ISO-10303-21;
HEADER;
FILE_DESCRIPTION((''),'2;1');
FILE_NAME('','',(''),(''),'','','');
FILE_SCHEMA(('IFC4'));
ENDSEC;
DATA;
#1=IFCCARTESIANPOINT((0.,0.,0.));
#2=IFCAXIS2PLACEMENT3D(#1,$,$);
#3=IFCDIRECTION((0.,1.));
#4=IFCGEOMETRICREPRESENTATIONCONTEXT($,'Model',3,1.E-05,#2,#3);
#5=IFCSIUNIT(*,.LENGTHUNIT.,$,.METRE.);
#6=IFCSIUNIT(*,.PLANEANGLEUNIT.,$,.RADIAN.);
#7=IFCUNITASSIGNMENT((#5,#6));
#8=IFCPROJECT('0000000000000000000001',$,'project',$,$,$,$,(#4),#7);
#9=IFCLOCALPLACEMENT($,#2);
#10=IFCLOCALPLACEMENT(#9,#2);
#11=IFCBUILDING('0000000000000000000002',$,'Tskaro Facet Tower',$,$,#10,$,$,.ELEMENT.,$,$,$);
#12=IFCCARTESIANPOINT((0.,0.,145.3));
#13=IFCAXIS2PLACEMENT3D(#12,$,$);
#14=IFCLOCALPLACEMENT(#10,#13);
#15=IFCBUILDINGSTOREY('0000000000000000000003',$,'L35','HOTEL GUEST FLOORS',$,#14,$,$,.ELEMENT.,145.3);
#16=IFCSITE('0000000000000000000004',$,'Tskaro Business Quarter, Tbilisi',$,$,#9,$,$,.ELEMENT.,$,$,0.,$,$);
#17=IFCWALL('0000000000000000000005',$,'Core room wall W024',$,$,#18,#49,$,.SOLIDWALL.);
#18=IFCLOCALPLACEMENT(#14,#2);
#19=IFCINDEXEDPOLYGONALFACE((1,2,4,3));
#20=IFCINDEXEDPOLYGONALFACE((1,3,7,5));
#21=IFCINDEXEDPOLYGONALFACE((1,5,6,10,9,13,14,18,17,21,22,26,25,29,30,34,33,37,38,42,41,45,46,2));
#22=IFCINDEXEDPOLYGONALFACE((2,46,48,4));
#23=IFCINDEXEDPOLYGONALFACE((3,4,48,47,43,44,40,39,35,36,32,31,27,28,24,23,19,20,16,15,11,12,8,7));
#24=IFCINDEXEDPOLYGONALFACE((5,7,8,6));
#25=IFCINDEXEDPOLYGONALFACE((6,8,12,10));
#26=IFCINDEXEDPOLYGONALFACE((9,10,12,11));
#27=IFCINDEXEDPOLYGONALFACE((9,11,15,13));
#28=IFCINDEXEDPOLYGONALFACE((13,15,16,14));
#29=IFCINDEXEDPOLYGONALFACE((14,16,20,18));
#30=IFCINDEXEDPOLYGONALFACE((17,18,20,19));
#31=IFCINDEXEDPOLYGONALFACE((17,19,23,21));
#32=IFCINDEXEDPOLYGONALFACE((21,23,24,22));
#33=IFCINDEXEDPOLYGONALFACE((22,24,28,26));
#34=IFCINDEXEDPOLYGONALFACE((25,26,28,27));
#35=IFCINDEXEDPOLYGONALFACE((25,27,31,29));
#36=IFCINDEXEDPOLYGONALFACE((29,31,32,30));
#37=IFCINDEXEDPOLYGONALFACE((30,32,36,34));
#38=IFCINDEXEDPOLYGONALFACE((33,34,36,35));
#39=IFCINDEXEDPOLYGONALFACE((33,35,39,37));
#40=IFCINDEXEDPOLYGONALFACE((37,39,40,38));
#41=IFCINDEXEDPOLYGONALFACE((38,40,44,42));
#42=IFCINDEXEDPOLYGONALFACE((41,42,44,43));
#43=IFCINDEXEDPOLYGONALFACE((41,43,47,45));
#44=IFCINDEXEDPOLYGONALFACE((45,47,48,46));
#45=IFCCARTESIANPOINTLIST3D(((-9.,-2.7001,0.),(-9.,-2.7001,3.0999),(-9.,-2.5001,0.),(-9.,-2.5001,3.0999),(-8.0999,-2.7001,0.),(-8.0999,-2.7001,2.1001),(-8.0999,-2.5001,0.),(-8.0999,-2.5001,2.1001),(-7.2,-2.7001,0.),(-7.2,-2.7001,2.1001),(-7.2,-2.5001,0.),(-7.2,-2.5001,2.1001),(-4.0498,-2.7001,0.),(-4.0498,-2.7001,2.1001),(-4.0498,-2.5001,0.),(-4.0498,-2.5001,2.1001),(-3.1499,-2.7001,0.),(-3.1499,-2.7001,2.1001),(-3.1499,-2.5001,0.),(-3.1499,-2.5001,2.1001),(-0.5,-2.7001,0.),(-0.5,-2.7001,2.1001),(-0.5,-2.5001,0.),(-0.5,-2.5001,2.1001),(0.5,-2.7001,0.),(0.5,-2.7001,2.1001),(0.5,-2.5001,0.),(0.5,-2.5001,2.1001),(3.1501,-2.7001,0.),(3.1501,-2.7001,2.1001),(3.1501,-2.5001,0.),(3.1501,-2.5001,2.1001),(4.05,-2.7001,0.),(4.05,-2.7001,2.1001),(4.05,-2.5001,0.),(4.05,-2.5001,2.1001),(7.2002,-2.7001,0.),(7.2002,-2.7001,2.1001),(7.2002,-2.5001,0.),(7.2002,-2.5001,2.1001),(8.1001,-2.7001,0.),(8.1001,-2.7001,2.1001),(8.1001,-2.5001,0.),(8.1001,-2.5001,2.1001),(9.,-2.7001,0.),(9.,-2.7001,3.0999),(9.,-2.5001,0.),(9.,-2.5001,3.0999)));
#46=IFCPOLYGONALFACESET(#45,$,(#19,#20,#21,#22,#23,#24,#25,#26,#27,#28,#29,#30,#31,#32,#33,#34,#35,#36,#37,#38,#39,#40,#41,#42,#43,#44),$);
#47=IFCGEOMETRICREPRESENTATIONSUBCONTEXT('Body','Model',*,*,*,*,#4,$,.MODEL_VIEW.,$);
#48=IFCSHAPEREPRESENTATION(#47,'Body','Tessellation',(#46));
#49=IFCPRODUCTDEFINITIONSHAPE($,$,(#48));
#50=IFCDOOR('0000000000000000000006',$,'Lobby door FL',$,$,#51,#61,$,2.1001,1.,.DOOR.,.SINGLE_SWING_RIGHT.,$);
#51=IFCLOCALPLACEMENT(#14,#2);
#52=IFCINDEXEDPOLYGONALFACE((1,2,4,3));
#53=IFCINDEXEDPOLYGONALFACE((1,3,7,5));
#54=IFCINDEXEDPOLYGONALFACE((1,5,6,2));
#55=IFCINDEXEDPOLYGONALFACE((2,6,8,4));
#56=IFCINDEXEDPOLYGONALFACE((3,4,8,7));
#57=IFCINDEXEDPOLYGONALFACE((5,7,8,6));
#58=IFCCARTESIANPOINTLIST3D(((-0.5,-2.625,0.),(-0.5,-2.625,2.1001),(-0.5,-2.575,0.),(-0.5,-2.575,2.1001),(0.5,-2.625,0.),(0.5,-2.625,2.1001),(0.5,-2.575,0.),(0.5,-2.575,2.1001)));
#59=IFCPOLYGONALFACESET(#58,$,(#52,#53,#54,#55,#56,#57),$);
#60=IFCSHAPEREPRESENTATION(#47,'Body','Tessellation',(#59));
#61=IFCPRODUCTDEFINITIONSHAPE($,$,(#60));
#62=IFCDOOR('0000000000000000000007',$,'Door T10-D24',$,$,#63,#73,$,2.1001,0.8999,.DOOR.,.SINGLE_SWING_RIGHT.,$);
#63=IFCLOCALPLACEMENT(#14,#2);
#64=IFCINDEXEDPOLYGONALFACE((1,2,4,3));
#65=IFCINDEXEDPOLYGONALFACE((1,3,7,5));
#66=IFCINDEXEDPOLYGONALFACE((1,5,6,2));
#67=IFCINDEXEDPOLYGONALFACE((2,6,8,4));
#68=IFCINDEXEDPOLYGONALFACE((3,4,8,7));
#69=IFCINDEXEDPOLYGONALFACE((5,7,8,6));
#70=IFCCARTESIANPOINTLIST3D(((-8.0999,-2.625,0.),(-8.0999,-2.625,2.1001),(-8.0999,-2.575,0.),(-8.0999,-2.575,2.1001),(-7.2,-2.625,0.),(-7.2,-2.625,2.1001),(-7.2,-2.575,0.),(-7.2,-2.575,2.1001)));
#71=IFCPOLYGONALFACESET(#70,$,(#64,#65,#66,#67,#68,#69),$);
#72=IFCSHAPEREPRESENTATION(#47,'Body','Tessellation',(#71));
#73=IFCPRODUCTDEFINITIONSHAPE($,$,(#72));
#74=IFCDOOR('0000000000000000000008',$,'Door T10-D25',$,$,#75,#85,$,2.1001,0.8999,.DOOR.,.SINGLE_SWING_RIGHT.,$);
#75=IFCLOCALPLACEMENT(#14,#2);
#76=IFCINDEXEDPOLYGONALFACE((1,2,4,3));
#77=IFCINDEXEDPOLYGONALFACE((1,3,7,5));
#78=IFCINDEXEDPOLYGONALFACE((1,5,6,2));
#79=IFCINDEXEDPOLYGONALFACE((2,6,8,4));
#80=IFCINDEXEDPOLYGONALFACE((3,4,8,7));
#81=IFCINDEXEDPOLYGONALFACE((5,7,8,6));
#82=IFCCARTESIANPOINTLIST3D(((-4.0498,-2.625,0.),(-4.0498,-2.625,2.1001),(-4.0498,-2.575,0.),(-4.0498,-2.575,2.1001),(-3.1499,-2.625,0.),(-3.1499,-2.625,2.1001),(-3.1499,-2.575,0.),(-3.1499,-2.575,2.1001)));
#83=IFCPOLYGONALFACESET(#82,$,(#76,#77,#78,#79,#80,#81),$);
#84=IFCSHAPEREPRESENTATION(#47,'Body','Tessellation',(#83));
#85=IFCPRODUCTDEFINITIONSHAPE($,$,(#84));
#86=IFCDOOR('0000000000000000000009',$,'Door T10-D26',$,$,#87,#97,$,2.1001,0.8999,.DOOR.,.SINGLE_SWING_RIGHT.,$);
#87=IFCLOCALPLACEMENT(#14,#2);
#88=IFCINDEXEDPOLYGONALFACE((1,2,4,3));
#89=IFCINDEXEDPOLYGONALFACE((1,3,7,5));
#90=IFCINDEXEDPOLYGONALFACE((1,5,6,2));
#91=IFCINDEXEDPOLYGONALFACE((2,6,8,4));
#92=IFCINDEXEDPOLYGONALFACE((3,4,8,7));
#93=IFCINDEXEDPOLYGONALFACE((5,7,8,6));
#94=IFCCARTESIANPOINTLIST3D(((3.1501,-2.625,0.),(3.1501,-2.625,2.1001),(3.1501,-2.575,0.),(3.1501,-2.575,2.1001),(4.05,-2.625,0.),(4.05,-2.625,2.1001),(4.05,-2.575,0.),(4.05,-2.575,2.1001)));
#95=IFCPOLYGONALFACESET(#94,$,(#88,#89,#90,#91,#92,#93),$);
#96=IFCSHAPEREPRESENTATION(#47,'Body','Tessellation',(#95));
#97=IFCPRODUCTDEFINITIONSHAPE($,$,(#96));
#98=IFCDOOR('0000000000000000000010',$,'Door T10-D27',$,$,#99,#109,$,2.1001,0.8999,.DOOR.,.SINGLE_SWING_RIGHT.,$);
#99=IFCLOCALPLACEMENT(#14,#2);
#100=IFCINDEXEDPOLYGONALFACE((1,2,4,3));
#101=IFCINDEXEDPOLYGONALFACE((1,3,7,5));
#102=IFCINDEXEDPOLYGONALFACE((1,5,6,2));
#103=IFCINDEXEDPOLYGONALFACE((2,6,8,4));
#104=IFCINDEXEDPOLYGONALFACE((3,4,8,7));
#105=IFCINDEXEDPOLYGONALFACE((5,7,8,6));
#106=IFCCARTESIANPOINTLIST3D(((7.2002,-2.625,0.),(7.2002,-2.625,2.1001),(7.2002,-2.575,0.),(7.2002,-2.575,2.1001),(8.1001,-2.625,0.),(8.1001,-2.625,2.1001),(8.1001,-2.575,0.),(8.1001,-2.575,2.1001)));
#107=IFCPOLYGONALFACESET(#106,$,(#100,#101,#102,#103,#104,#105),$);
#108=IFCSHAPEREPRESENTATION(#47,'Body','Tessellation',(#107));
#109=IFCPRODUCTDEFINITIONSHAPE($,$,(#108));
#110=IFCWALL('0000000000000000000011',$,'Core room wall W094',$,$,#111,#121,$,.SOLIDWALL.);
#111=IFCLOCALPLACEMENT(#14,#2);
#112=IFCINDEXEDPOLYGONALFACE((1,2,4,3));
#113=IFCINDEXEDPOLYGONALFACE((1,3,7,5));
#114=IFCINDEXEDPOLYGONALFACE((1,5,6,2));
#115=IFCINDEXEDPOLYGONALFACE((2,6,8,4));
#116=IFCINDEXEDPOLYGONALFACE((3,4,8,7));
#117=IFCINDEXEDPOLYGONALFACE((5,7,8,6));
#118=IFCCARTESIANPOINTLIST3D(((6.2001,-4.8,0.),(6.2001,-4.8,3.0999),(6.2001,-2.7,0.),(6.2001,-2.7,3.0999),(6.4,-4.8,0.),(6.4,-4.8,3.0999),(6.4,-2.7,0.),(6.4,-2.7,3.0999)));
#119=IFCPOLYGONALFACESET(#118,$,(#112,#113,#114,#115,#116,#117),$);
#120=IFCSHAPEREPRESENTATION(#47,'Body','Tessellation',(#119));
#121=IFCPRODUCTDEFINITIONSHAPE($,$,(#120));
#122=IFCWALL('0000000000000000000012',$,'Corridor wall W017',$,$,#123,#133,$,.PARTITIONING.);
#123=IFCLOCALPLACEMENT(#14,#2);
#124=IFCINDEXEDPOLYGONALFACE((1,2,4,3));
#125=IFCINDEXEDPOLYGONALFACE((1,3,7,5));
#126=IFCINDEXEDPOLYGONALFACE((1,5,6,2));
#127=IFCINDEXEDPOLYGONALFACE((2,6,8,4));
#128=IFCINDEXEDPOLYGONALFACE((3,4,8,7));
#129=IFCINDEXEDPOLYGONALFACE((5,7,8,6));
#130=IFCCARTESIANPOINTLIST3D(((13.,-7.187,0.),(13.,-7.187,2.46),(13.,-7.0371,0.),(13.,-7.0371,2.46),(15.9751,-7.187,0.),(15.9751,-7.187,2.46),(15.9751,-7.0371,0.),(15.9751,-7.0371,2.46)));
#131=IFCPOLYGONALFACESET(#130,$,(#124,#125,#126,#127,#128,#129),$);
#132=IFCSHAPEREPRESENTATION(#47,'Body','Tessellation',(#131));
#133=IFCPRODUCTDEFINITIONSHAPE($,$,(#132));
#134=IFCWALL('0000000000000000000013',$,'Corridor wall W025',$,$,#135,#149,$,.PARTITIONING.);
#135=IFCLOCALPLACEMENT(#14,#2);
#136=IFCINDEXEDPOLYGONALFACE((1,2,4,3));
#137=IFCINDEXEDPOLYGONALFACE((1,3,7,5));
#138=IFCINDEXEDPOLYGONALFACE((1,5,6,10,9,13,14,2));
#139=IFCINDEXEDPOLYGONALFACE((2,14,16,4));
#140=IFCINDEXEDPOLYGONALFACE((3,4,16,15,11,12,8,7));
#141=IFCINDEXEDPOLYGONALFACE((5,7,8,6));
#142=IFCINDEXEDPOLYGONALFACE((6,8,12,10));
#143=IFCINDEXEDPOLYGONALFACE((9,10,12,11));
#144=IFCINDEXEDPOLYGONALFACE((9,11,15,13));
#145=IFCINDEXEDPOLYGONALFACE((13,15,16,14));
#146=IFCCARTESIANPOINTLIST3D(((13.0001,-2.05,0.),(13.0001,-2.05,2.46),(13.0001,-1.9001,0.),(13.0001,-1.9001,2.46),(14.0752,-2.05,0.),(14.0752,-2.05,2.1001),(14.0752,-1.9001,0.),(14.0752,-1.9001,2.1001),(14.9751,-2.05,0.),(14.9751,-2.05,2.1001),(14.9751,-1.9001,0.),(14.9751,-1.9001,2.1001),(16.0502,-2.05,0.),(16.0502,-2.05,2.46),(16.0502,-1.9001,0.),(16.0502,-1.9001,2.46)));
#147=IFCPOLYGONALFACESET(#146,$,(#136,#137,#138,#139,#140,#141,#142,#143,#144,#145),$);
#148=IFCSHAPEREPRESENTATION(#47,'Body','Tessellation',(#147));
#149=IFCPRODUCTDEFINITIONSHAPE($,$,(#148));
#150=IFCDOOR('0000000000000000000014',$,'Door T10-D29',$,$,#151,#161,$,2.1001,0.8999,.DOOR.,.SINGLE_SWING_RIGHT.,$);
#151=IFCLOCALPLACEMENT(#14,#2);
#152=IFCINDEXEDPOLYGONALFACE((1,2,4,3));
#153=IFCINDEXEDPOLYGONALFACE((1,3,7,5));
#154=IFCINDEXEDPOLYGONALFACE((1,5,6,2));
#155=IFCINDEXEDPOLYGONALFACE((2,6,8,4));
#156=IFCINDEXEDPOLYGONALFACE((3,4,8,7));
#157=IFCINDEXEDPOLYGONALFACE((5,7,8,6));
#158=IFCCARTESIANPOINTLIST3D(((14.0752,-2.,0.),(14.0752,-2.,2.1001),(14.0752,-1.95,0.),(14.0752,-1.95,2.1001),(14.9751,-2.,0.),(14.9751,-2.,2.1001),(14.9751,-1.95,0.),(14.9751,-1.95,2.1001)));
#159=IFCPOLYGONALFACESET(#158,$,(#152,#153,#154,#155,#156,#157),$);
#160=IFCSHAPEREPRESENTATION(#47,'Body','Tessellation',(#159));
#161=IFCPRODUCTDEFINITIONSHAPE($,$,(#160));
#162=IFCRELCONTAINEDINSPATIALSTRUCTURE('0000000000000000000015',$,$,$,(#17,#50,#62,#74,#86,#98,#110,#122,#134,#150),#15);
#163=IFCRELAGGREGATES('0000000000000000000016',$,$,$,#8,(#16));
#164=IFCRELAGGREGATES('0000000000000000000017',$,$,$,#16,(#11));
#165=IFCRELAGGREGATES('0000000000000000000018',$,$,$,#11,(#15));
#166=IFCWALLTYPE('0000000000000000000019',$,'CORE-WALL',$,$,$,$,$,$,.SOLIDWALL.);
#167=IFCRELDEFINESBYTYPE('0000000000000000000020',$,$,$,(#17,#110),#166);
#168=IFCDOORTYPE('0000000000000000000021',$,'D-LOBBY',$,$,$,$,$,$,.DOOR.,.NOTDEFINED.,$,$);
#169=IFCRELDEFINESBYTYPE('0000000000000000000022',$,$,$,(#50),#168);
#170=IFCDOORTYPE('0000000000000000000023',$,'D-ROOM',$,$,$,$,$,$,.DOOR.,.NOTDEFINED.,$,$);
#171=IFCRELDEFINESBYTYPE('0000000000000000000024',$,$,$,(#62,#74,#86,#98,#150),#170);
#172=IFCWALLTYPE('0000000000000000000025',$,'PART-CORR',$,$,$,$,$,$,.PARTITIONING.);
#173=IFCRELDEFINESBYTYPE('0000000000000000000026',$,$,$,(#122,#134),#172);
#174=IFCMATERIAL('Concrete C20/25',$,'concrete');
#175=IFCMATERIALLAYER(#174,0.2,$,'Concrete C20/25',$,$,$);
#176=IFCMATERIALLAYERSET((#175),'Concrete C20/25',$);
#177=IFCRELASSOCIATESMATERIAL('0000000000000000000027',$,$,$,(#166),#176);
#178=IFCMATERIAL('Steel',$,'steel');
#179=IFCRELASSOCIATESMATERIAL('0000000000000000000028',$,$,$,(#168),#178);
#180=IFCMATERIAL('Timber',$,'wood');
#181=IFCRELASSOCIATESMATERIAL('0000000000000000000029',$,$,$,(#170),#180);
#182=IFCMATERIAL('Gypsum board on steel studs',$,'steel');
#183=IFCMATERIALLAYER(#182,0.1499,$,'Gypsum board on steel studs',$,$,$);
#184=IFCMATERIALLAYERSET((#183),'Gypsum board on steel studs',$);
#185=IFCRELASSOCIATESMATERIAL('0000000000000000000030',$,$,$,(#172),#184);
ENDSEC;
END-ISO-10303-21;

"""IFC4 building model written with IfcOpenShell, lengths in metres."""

from ifc_helpers import new_model, si_unit, direction, frame, frame_2d, origin, place, context, subcontext, project, spatial, rectangle, extrude, material, layer, layer_set, type_object, element, fill, save


model = new_model("IFC4")

# Units and contexts
model_context = context("Model", 3, precision=1e-05, world=origin(), true_north=direction((0.0, 1.0)))
body_context = subcontext(model_context, "Body", "Model", "MODEL_VIEW")
ifc_project = project(units=[si_unit("LENGTHUNIT", "METRE"), si_unit("PLANEANGLEUNIT", "RADIAN")], contexts=[model_context])

# Site, building, storey
site_placement = place(None, origin())
site = spatial("IfcSite", under=ifc_project, at=site_placement, Name="Tskaro Business Quarter, Tbilisi", CompositionType="ELEMENT", RefElevation=0.0)
building_placement = place(site_placement, origin())
building = spatial("IfcBuilding", under=site, at=building_placement, Name="Tskaro Facet Tower", CompositionType="ELEMENT")
storey_placement = place(building_placement, frame((0.0, 0.0, 145.3)))
storey = spatial("IfcBuildingStorey", under=building, at=storey_placement, Name="L35", Description="HOTEL GUEST FLOORS", CompositionType="ELEMENT", Elevation=145.3)

# Shared definitions
ifc_material_1 = material(Name="Steel", Category="steel")

# Wall, openings, doors
ifc_material_2 = material(Name="Concrete C20/25", Category="concrete")
ifc_layer_1 = layer(ifc_material_2, 0.2, Name="Concrete C20/25")
ifc_layer_set_1 = layer_set([ifc_layer_1], Name="Concrete C20/25")
wall_type_1 = type_object("IfcWallType", Name="CORE-WALL", PredefinedType="SOLIDWALL", material=ifc_layer_set_1)
wall_1_placement = place(storey_placement, frame((9.0, -2.6001, 0.0), z_axis=(0.0, 0.0, 1.0), x_axis=(-1.0, 0.0, 0.0)))
wall_1 = element("IfcWall", 1, at=wall_1_placement, inside=storey, type_object=wall_type_1, Name="Core room wall W024", PredefinedType="SOLIDWALL", context=body_context, shape_type="SweptSolid", body=[
    extrude(rectangle(XDim=18.0, YDim=0.2, at=frame_2d((9.0, 0.0))), origin(), (0.0, 0.0, 1.0), 3.0999),
])
opening_1_placement = place(wall_1_placement, frame((8.5, 0.0, 0.0)))
opening_1 = element("IfcOpeningElement", 2, at=opening_1_placement, cuts=wall_1, PredefinedType="OPENING", context=body_context, shape_type="SweptSolid", body=[
    extrude(rectangle(XDim=1.0, YDim=2.1001, at=frame_2d((0.5, 1.05))), frame((0.0, 0.1099, 0.0), z_axis=(0.0, -1.0, 0.0), x_axis=(1.0, 0.0, 0.0)), (0.0, 0.0, 1.0), 0.22),
])
opening_2_placement = place(wall_1_placement, frame((16.2, 0.0, 0.0)))
opening_2 = element("IfcOpeningElement", 3, at=opening_2_placement, cuts=wall_1, PredefinedType="OPENING", context=body_context, shape_type="SweptSolid", body=[
    extrude(rectangle(XDim=0.8999, YDim=2.1001, at=frame_2d((0.45, 1.05))), frame((0.0, 0.1099, 0.0), z_axis=(0.0, -1.0, 0.0), x_axis=(1.0, 0.0, 0.0)), (0.0, 0.0, 1.0), 0.22),
])
opening_3_placement = place(wall_1_placement, frame((12.1499, 0.0, 0.0)))
opening_3 = element("IfcOpeningElement", 4, at=opening_3_placement, cuts=wall_1, PredefinedType="OPENING", context=body_context, shape_type="SweptSolid", body=[
    extrude(rectangle(XDim=0.8999, YDim=2.1001, at=frame_2d((0.45, 1.05))), frame((0.0, 0.1099, 0.0), z_axis=(0.0, -1.0, 0.0), x_axis=(1.0, 0.0, 0.0)), (0.0, 0.0, 1.0), 0.22),
])
opening_4_placement = place(wall_1_placement, frame((4.95, 0.0, 0.0)))
opening_4 = element("IfcOpeningElement", 5, at=opening_4_placement, cuts=wall_1, PredefinedType="OPENING", context=body_context, shape_type="SweptSolid", body=[
    extrude(rectangle(XDim=0.8999, YDim=2.1001, at=frame_2d((0.45, 1.05))), frame((0.0, 0.1099, 0.0), z_axis=(0.0, -1.0, 0.0), x_axis=(1.0, 0.0, 0.0)), (0.0, 0.0, 1.0), 0.22),
])
opening_5_placement = place(wall_1_placement, frame((0.8999, 0.0, 0.0)))
opening_5 = element("IfcOpeningElement", 6, at=opening_5_placement, cuts=wall_1, PredefinedType="OPENING", context=body_context, shape_type="SweptSolid", body=[
    extrude(rectangle(XDim=0.8999, YDim=2.1001, at=frame_2d((0.45, 1.05))), frame((0.0, 0.1099, 0.0), z_axis=(0.0, -1.0, 0.0), x_axis=(1.0, 0.0, 0.0)), (0.0, 0.0, 1.0), 0.22),
])
door_type_1 = type_object("IfcDoorType", Name="D-LOBBY", OperationType="NOTDEFINED", PredefinedType="DOOR", material=ifc_material_1)
door_1_placement = place(opening_1_placement, origin())
door_1 = element("IfcDoor", 7, at=door_1_placement, inside=storey, type_object=door_type_1, Name="Lobby door FL", OperationType="SINGLE_SWING_RIGHT", OverallHeight=2.1001, OverallWidth=1.0, PredefinedType="DOOR", context=body_context, shape_type="SweptSolid", body=[
    extrude(rectangle(XDim=1.0, YDim=2.1001, at=frame_2d((0.5, 1.05))), frame((0.0, 0.0249, 0.0), z_axis=(0.0, -1.0, 0.0), x_axis=(1.0, 0.0, 0.0)), (0.0, 0.0, 1.0), 0.05),
])
fill(opening_1, door_1)
ifc_material_3 = material(Name="Timber", Category="wood")
door_type_2 = type_object("IfcDoorType", Name="D-ROOM", OperationType="NOTDEFINED", PredefinedType="DOOR", material=ifc_material_3)
door_2_placement = place(opening_2_placement, origin())
door_2 = element("IfcDoor", 8, at=door_2_placement, inside=storey, type_object=door_type_2, Name="Door T10-D24", OperationType="SINGLE_SWING_RIGHT", OverallHeight=2.1001, OverallWidth=0.8999, PredefinedType="DOOR", context=body_context, shape_type="SweptSolid", body=[
    extrude(rectangle(XDim=0.8999, YDim=2.1001, at=frame_2d((0.45, 1.05))), frame((0.0, 0.0249, 0.0), z_axis=(0.0, -1.0, 0.0), x_axis=(1.0, 0.0, 0.0)), (0.0, 0.0, 1.0), 0.05),
])
fill(opening_2, door_2)
door_3_placement = place(opening_3_placement, origin())
door_3 = element("IfcDoor", 9, at=door_3_placement, inside=storey, type_object=door_type_2, Name="Door T10-D25", OperationType="SINGLE_SWING_RIGHT", OverallHeight=2.1001, OverallWidth=0.8999, PredefinedType="DOOR", context=body_context, shape_type="SweptSolid", body=[
    extrude(rectangle(XDim=0.8999, YDim=2.1001, at=frame_2d((0.45, 1.05))), frame((0.0, 0.0249, 0.0), z_axis=(0.0, -1.0, 0.0), x_axis=(1.0, 0.0, 0.0)), (0.0, 0.0, 1.0), 0.05),
])
fill(opening_3, door_3)
door_4_placement = place(opening_4_placement, origin())
door_4 = element("IfcDoor", 10, at=door_4_placement, inside=storey, type_object=door_type_2, Name="Door T10-D26", OperationType="SINGLE_SWING_RIGHT", OverallHeight=2.1001, OverallWidth=0.8999, PredefinedType="DOOR", context=body_context, shape_type="SweptSolid", body=[
    extrude(rectangle(XDim=0.8999, YDim=2.1001, at=frame_2d((0.45, 1.05))), frame((0.0, 0.0249, 0.0), z_axis=(0.0, -1.0, 0.0), x_axis=(1.0, 0.0, 0.0)), (0.0, 0.0, 1.0), 0.05),
])
fill(opening_4, door_4)
door_5_placement = place(opening_5_placement, origin())
door_5 = element("IfcDoor", 11, at=door_5_placement, inside=storey, type_object=door_type_2, Name="Door T10-D27", OperationType="SINGLE_SWING_RIGHT", OverallHeight=2.1001, OverallWidth=0.8999, PredefinedType="DOOR", context=body_context, shape_type="SweptSolid", body=[
    extrude(rectangle(XDim=0.8999, YDim=2.1001, at=frame_2d((0.45, 1.05))), frame((0.0, 0.0249, 0.0), z_axis=(0.0, -1.0, 0.0), x_axis=(1.0, 0.0, 0.0)), (0.0, 0.0, 1.0), 0.05),
])
fill(opening_5, door_5)

# Walls
wall_2_placement = place(storey_placement, frame((6.3, -4.8, 0.0), z_axis=(0.0, 0.0, 1.0), x_axis=(0.0, 1.0, 0.0)))
element("IfcWall", 12, at=wall_2_placement, inside=storey, type_object=wall_type_1, Name="Core room wall W094", PredefinedType="SOLIDWALL", context=body_context, shape_type="SweptSolid", body=[
    extrude(rectangle(XDim=2.1001, YDim=0.2, at=frame_2d((1.05, 0.0))), origin(), (0.0, 0.0, 1.0), 3.0999),
])
ifc_material_4 = material(Name="Gypsum board on steel studs", Category="steel")
ifc_layer_2 = layer(ifc_material_4, 0.1499, Name="Gypsum board on steel studs")
ifc_layer_set_2 = layer_set([ifc_layer_2], Name="Gypsum board on steel studs")
wall_type_2 = type_object("IfcWallType", Name="PART-CORR", PredefinedType="PARTITIONING", material=ifc_layer_set_2)
wall_3_placement = place(storey_placement, frame((13.0, -7.1121, 0.0), z_axis=(0.0, 0.0, 1.0), x_axis=(1.0, 0.0, 0.0)))
element("IfcWall", 13, at=wall_3_placement, inside=storey, type_object=wall_type_2, Name="Corridor wall W017", PredefinedType="PARTITIONING", context=body_context, shape_type="SweptSolid", body=[
    extrude(rectangle(XDim=2.9751, YDim=0.1499, at=frame_2d((1.4875, 0.0))), origin(), (0.0, 0.0, 1.0), 2.46),
])

# Wall, opening, door
wall_4_placement = place(storey_placement, frame((16.05, -1.9751, 0.0), z_axis=(0.0, 0.0, 1.0), x_axis=(-1.0, 0.0, 0.0)))
wall_4 = element("IfcWall", 14, at=wall_4_placement, inside=storey, type_object=wall_type_2, Name="Corridor wall W025", PredefinedType="PARTITIONING", context=body_context, shape_type="SweptSolid", body=[
    extrude(rectangle(XDim=3.05, YDim=0.1499, at=frame_2d((1.5249, 0.0))), origin(), (0.0, 0.0, 1.0), 2.46),
])
opening_6_placement = place(wall_4_placement, frame((1.075, 0.0, 0.0)))
opening_6 = element("IfcOpeningElement", 15, at=opening_6_placement, cuts=wall_4, PredefinedType="OPENING", context=body_context, shape_type="SweptSolid", body=[
    extrude(rectangle(XDim=0.8999, YDim=2.1001, at=frame_2d((0.45, 1.05))), frame((0.0, 0.085, 0.0), z_axis=(0.0, -1.0, 0.0), x_axis=(1.0, 0.0, 0.0)), (0.0, 0.0, 1.0), 0.1699),
])
door_6_placement = place(opening_6_placement, origin())
door_6 = element("IfcDoor", 16, at=door_6_placement, inside=storey, type_object=door_type_2, Name="Door T10-D29", OperationType="SINGLE_SWING_RIGHT", OverallHeight=2.1001, OverallWidth=0.8999, PredefinedType="DOOR", context=body_context, shape_type="SweptSolid", body=[
    extrude(rectangle(XDim=0.8999, YDim=2.1001, at=frame_2d((0.45, 1.05))), frame((0.0, 0.0249, 0.0), z_axis=(0.0, -1.0, 0.0), x_axis=(1.0, 0.0, 0.0)), (0.0, 0.0, 1.0), 0.05),
])
fill(opening_6, door_6)

save(model, "model.ifc")
